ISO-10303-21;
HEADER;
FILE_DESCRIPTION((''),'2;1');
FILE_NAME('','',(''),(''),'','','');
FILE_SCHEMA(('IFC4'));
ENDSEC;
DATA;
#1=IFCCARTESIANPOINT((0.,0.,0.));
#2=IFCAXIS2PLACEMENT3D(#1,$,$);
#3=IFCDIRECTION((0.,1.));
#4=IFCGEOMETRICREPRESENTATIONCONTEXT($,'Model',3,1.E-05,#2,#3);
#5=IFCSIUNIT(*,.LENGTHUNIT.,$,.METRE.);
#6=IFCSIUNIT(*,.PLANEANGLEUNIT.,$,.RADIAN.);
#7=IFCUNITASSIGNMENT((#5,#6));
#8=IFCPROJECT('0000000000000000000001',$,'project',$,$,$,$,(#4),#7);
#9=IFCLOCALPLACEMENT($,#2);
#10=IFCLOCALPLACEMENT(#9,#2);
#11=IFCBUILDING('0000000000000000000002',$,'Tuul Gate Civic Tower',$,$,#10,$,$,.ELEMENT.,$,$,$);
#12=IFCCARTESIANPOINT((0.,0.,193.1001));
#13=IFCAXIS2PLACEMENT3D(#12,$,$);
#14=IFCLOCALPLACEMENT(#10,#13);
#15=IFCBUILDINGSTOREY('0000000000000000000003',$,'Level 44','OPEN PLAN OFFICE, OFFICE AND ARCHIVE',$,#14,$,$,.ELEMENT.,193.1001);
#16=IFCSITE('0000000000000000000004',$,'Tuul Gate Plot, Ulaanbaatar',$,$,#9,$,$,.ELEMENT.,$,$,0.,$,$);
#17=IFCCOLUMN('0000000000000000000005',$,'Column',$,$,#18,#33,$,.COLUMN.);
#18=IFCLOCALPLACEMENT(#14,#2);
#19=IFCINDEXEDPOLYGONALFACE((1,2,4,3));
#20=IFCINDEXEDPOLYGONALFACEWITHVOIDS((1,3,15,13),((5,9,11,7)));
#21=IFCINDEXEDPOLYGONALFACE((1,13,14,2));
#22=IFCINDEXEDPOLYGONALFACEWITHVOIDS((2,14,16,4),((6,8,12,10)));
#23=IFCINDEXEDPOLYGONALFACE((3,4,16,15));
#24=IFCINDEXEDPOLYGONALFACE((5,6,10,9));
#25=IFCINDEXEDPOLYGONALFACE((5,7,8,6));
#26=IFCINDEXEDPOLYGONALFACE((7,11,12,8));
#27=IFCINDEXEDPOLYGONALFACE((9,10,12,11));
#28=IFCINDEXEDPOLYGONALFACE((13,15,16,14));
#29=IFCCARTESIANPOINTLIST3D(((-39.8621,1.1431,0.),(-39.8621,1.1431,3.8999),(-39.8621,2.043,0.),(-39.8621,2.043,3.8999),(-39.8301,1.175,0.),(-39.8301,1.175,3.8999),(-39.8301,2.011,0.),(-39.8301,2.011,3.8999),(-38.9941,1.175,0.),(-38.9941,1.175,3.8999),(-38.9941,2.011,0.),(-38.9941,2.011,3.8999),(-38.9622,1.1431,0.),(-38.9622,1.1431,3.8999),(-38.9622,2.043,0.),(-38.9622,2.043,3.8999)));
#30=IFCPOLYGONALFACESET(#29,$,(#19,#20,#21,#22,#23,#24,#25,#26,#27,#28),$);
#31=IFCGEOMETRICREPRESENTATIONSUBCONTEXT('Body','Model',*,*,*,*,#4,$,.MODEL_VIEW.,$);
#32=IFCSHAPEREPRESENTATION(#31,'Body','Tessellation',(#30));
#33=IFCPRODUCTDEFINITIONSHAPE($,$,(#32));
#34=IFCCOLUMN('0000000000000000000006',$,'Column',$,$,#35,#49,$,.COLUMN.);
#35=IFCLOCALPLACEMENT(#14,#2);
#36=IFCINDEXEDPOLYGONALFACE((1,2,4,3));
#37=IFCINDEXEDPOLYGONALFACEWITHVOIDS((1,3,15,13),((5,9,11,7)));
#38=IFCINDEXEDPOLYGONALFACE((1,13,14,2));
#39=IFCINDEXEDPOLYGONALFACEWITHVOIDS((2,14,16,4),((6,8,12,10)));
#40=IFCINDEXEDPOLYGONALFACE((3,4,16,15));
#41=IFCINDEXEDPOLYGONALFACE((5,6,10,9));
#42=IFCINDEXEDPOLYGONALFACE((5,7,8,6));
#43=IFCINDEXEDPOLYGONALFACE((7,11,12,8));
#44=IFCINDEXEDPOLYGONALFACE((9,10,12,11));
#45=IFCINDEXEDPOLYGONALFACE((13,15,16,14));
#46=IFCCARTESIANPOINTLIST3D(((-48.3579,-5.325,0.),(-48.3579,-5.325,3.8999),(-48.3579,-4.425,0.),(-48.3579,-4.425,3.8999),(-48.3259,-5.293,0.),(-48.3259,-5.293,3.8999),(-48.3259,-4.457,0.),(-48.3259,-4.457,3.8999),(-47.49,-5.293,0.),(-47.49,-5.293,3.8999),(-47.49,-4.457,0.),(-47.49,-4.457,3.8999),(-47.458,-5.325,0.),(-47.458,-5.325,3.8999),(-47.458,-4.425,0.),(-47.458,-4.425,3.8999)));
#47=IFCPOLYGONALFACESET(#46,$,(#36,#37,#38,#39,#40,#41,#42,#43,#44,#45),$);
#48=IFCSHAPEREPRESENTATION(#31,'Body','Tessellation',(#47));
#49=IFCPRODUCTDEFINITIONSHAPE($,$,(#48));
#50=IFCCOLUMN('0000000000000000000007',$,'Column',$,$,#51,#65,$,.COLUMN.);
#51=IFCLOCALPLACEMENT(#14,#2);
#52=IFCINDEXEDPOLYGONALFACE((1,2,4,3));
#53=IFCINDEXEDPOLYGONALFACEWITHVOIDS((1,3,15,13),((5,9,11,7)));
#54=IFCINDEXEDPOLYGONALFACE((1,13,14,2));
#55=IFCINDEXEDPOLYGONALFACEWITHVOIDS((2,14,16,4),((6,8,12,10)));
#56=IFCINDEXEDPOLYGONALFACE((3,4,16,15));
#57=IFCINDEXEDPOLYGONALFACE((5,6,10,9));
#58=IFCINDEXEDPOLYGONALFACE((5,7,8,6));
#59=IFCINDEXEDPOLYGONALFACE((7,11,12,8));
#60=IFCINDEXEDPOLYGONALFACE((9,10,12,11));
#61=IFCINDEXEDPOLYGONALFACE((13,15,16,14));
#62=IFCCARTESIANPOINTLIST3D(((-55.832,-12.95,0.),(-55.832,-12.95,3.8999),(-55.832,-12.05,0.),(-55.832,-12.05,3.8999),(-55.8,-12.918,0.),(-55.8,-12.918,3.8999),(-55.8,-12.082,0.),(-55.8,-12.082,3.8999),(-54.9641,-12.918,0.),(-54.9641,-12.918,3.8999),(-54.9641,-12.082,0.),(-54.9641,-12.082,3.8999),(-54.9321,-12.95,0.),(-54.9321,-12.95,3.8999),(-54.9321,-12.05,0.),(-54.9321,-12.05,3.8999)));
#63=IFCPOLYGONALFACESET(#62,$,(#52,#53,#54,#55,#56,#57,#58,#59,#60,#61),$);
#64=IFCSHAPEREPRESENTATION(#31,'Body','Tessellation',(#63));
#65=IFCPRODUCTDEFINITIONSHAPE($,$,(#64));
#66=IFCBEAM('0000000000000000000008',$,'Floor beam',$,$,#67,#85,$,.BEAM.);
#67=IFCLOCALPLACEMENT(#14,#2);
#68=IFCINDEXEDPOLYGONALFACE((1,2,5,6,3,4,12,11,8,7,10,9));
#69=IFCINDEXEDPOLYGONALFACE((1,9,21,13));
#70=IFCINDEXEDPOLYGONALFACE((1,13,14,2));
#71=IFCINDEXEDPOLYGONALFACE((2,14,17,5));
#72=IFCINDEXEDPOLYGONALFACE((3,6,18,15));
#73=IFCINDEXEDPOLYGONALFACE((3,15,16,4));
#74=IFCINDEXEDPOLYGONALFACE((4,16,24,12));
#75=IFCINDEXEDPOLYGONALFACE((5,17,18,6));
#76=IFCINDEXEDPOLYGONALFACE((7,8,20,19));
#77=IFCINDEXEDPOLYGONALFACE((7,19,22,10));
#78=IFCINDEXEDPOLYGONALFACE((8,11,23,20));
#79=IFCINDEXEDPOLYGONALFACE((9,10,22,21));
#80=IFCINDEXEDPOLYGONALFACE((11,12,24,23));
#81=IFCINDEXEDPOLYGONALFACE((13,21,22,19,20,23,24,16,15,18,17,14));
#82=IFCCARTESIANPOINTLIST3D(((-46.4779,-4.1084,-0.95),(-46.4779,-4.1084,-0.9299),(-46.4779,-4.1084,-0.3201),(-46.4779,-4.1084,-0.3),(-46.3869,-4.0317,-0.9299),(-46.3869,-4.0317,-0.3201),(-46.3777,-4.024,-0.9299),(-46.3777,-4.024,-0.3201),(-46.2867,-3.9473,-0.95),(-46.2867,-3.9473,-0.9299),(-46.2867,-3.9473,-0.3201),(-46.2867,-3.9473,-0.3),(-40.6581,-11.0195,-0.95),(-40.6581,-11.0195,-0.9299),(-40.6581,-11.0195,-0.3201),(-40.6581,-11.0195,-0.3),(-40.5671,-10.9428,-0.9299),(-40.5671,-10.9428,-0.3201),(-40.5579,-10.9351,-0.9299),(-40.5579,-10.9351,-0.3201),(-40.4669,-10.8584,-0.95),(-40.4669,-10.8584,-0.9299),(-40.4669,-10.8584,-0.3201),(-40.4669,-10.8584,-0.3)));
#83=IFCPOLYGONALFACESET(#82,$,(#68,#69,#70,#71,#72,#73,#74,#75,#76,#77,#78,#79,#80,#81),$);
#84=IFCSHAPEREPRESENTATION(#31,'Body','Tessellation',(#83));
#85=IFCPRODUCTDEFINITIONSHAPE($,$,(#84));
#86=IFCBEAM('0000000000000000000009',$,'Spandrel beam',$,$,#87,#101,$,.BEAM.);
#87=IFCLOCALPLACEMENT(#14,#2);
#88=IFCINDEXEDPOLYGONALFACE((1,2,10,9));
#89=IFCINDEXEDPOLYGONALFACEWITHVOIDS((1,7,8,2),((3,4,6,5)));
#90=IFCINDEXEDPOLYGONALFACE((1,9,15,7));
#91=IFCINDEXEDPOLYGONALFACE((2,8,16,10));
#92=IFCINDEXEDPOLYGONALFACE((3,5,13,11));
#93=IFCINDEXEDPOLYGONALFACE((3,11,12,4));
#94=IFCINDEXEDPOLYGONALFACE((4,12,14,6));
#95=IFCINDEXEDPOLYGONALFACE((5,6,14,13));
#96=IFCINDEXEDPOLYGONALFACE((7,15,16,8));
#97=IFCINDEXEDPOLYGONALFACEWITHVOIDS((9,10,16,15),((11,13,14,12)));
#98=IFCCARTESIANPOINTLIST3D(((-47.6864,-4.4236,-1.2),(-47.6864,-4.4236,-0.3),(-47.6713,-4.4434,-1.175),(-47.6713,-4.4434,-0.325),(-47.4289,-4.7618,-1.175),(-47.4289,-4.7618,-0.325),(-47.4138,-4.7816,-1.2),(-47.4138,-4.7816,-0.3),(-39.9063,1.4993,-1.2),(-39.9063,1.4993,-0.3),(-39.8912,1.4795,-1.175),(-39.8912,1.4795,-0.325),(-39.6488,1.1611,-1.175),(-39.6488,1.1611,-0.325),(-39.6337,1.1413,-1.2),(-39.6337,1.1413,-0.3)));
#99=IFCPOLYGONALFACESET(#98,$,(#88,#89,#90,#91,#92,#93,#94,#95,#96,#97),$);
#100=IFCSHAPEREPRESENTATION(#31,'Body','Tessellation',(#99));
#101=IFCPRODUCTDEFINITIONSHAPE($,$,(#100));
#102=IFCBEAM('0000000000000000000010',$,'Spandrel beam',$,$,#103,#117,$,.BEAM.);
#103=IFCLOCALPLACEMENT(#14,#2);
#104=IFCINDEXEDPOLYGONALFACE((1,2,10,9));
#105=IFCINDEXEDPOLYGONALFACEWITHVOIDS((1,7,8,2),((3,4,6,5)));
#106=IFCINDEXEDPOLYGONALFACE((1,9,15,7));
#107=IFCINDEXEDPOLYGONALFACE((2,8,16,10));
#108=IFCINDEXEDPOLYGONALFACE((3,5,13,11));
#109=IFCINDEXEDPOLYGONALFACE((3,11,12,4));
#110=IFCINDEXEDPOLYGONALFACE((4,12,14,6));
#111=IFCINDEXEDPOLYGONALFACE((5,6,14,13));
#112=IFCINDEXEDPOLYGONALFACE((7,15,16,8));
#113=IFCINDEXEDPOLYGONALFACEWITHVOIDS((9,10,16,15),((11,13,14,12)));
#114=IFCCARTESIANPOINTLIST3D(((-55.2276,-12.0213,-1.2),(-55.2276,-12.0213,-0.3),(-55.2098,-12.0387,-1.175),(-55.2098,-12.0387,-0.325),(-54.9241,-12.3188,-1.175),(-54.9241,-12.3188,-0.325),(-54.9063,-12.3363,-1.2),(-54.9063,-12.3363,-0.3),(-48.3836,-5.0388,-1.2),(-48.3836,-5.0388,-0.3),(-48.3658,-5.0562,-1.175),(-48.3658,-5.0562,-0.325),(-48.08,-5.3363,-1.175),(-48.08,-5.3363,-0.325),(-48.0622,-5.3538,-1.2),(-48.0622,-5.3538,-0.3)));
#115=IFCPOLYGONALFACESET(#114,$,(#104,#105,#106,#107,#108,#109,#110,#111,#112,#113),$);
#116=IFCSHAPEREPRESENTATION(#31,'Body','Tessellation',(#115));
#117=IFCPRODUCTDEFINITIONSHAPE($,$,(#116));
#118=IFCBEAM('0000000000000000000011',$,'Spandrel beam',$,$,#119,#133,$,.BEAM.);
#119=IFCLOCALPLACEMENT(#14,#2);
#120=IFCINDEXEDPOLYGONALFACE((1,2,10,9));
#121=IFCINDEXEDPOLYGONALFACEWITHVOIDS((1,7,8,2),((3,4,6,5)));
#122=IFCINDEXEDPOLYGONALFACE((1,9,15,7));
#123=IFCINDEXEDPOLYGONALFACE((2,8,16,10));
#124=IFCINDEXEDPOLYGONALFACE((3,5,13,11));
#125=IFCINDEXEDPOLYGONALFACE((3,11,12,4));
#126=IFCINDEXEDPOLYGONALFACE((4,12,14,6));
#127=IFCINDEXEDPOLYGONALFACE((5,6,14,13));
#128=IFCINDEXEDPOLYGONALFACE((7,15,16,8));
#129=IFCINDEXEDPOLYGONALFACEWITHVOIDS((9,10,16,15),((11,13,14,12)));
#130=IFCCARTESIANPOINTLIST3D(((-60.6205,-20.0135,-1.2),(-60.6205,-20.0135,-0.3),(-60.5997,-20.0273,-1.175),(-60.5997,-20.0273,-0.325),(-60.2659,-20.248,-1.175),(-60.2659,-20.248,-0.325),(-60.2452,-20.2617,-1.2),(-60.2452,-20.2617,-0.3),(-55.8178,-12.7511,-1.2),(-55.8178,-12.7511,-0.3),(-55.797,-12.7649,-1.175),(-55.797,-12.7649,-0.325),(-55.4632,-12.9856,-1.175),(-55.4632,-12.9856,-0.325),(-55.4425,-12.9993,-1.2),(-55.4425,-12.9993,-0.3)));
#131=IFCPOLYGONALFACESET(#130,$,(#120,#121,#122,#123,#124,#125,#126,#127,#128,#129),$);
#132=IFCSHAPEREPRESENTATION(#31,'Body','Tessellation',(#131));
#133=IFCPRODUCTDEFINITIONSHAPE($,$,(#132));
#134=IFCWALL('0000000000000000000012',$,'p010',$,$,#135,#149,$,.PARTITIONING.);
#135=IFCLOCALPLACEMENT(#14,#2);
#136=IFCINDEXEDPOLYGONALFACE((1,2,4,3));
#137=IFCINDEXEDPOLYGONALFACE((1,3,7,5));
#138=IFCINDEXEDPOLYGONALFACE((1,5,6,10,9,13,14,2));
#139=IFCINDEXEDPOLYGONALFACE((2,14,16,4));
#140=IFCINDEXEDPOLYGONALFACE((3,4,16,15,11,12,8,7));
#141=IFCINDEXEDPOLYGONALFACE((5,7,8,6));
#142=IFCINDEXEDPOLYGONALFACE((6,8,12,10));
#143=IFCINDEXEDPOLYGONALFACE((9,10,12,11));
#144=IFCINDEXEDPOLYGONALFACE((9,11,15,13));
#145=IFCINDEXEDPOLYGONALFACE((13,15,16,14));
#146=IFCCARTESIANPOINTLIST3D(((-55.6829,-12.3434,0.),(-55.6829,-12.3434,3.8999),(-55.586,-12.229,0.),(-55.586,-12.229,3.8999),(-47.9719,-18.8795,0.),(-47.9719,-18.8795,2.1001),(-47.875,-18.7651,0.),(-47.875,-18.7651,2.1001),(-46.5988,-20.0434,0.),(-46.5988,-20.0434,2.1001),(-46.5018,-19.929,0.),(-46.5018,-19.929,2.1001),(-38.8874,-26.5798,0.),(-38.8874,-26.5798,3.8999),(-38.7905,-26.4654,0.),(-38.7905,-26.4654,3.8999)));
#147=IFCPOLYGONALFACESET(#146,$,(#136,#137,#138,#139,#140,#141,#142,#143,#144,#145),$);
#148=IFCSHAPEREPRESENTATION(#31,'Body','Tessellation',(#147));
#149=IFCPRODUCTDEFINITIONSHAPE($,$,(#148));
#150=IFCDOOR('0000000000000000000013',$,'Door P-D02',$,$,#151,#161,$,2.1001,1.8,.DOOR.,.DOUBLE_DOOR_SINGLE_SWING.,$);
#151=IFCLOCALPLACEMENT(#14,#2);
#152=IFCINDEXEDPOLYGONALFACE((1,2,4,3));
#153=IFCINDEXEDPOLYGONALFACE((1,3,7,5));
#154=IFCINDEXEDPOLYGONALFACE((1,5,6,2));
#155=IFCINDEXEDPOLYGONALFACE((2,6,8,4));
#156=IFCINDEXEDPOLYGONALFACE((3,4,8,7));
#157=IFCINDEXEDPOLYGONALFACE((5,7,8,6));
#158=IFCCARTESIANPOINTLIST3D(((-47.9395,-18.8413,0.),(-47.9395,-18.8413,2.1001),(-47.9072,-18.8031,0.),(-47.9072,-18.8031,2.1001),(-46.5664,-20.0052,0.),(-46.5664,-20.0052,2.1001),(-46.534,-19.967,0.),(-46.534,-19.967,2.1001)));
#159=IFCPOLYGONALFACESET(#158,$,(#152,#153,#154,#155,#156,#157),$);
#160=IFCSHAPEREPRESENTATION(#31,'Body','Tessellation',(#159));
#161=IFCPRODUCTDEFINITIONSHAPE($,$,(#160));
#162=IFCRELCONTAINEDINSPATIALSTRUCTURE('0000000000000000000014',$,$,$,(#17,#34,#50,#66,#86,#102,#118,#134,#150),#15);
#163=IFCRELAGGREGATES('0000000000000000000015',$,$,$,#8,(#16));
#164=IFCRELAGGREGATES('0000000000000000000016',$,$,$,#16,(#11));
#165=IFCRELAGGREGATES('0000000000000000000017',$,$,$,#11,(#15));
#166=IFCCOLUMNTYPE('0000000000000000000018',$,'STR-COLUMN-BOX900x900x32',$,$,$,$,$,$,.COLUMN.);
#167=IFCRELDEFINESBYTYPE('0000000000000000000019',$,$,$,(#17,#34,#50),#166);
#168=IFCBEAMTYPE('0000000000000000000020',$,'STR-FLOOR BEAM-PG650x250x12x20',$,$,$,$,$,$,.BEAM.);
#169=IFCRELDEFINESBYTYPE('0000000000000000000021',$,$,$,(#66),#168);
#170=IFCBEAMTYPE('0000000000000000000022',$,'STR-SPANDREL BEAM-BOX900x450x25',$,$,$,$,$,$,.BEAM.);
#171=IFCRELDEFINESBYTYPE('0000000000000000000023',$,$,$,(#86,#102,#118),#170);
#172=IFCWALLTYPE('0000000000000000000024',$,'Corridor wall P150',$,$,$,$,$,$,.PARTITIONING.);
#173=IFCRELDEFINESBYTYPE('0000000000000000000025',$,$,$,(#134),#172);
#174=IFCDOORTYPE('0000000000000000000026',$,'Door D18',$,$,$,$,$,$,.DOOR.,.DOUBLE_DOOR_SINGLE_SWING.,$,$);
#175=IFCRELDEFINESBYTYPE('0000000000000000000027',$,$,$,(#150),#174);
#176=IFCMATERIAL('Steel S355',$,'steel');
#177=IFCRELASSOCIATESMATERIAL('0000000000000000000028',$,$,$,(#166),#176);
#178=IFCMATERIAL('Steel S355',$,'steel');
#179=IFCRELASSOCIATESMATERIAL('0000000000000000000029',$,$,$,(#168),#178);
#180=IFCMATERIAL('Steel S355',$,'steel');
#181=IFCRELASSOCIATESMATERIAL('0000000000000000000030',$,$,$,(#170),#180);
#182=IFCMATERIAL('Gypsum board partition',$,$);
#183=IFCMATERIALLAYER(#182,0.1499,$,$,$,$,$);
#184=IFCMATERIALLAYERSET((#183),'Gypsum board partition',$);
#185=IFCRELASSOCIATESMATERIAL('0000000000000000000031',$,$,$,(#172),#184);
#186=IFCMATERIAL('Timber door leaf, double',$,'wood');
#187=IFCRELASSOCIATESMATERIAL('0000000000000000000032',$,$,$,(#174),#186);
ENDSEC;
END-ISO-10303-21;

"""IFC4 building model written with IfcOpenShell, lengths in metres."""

from ifc_helpers import new_model, si_unit, direction, frame, frame_2d, origin, origin_2d, place, context, subcontext, project, spatial, rectangle, hollow_rectangle, i_section, extrude, material, layer, layer_set, material_profile, profile_set, type_object, element, fill, save


model = new_model("IFC4")

# Units and contexts
model_context = context("Model", 3, precision=1e-05, world=origin(), true_north=direction((0.0, 1.0)))
body_context = subcontext(model_context, "Body", "Model", "MODEL_VIEW")
ifc_project = project(units=[si_unit("LENGTHUNIT", "METRE"), si_unit("PLANEANGLEUNIT", "RADIAN")], contexts=[model_context])

# Site, building, storey
site_placement = place(None, origin())
site = spatial("IfcSite", under=ifc_project, at=site_placement, Name="Tuul Gate Plot, Ulaanbaatar", CompositionType="ELEMENT", RefElevation=0.0)
building_placement = place(site_placement, origin())
building = spatial("IfcBuilding", under=site, at=building_placement, Name="Tuul Gate Civic Tower", CompositionType="ELEMENT")
storey_placement = place(building_placement, frame((0.0, 0.0, 193.1001)))
storey = spatial("IfcBuildingStorey", under=building, at=storey_placement, Name="Level 44", Description="OPEN PLAN OFFICE, OFFICE AND ARCHIVE", CompositionType="ELEMENT", Elevation=193.1001)

# Columns
ifc_material_1 = material(Name="Steel S355", Category="steel")
ifc_material_profile_1 = material_profile(ifc_material_1, hollow_rectangle(XDim=0.8999, YDim=0.8999, WallThickness=0.032, at=origin_2d()), Name="BOX900x900x32")
ifc_profile_set_1 = profile_set([ifc_material_profile_1], Name="Steel S355")
column_type = type_object("IfcColumnType", Name="STR-COLUMN-BOX900x900x32", PredefinedType="COLUMN", material=ifc_profile_set_1)
for number, where, z_axis, x_axis, name in (
    (1, (-39.4121, 1.593, 0.0), (0.0, 0.0, 1.0), (1.0, 0.0, 0.0), "Column"),
    (2, (-47.908, -4.875, 0.0), (0.0, 0.0, 1.0), (1.0, 0.0, 0.0), "Column"),
    (3, (-55.3821, -12.5, 0.0), (0.0, 0.0, 1.0), (1.0, 0.0, 0.0), "Column"),
):
    element("IfcColumn", number, at=place(storey_placement, frame(where, z_axis=z_axis, x_axis=x_axis)), inside=storey, type_object=column_type, Name=name, PredefinedType="COLUMN", context=body_context, shape_type="SweptSolid", body=[
        extrude(hollow_rectangle(XDim=0.8999, YDim=0.8999, WallThickness=0.032, at=origin_2d()), origin(), (0.0, 0.0, 1.0), 3.8999),
    ])

# Beams
ifc_material_2 = material(Name="Steel S355", Category="steel")
ifc_material_profile_2 = material_profile(ifc_material_2, i_section(OverallWidth=0.25, OverallDepth=0.6499, WebThickness=0.012, FlangeThickness=0.02, at=origin_2d()), Name="PG650x250x12x20")
ifc_profile_set_2 = profile_set([ifc_material_profile_2], Name="Steel S355")
beam_type_1 = type_object("IfcBeamType", Name="STR-FLOOR BEAM-PG650x250x12x20", PredefinedType="BEAM", material=ifc_profile_set_2)
beam_1_placement = place(storey_placement, frame((-40.5625, -10.939, -0.625), z_axis=(-0.644131, 0.764915, 0.0), x_axis=(-0.764915, -0.644131, 0.0)))
element("IfcBeam", 4, at=beam_1_placement, inside=storey, type_object=beam_type_1, Name="Floor beam", PredefinedType="BEAM", context=body_context, shape_type="SweptSolid", body=[
    extrude(i_section(OverallWidth=0.25, OverallDepth=0.6499, WebThickness=0.012, FlangeThickness=0.02, at=origin_2d()), origin(), (0.0, 0.0, 1.0), 9.0352),
])
ifc_material_3 = material(Name="Steel S355", Category="steel")
ifc_material_profile_3 = material_profile(ifc_material_3, hollow_rectangle(XDim=0.45, YDim=0.8999, WallThickness=0.0249, at=origin_2d()), Name="BOX900x450x25")
ifc_profile_set_3 = profile_set([ifc_material_profile_3], Name="Steel S355")
beam_type_2 = type_object("IfcBeamType", Name="STR-SPANDREL BEAM-BOX900x450x25", PredefinedType="BEAM", material=ifc_profile_set_3)
beam_2_placement = place(storey_placement, frame((-39.77, 1.3203, -0.75), z_axis=(-0.795668, -0.605733, 0.0), x_axis=(0.605733, -0.795668, 0.0)))
element("IfcBeam", 5, at=beam_2_placement, inside=storey, type_object=beam_type_2, Name="Spandrel beam", PredefinedType="BEAM", context=body_context, shape_type="SweptSolid", body=[
    extrude(hollow_rectangle(XDim=0.45, YDim=0.8999, WallThickness=0.0249, at=origin_2d()), origin(), (0.0, 0.0, 1.0), 9.7781),
])
beam_3_placement = place(storey_placement, frame((-48.2229, -5.1963, -0.75), z_axis=(-0.699992, -0.71415, 0.0), x_axis=(0.71415, -0.699992, 0.0)))
element("IfcBeam", 6, at=beam_3_placement, inside=storey, type_object=beam_type_2, Name="Spandrel beam", PredefinedType="BEAM", context=body_context, shape_type="SweptSolid", body=[
    extrude(hollow_rectangle(XDim=0.45, YDim=0.8999, WallThickness=0.0249, at=origin_2d()), origin(), (0.0, 0.0, 1.0), 9.7773),
])
beam_4_placement = place(storey_placement, frame((-55.6301, -12.8752, -0.75), z_axis=(-0.551603, -0.834107, 0.0), x_axis=(0.834107, -0.551603, 0.0)))
element("IfcBeam", 7, at=beam_4_placement, inside=storey, type_object=beam_type_2, Name="Spandrel beam", PredefinedType="BEAM", context=body_context, shape_type="SweptSolid", body=[
    extrude(hollow_rectangle(XDim=0.45, YDim=0.8999, WallThickness=0.0249, at=origin_2d()), origin(), (0.0, 0.0, 1.0), 8.7068),
])

# Wall, opening, door
ifc_material_4 = material(Name="Gypsum board partition")
ifc_layer_1 = layer(ifc_material_4, 0.1499)
ifc_layer_set_1 = layer_set([ifc_layer_1], Name="Gypsum board partition")
wall_type_1 = type_object("IfcWallType", Name="Corridor wall P150", PredefinedType="PARTITIONING", material=ifc_layer_set_1)
wall_1_placement = place(storey_placement, frame((-55.6345, -12.2861, 0.0), z_axis=(0.0, 0.0, 1.0), x_axis=(0.76283, -0.646599, 0.0)))
wall_1 = element("IfcWall", 8, at=wall_1_placement, inside=storey, type_object=wall_type_1, Name="p010", PredefinedType="PARTITIONING", context=body_context, shape_type="SweptSolid", body=[
    extrude(rectangle(XDim=22.0173, YDim=0.1499, at=frame_2d((11.0088, 0.0))), origin(), (0.0, 0.0, 1.0), 3.8999),
])
opening_1_placement = place(wall_1_placement, frame((10.1086, 0.0, 0.0)))
opening_1 = element("IfcOpeningElement", 9, at=opening_1_placement, cuts=wall_1, PredefinedType="OPENING", context=body_context, shape_type="SweptSolid", body=[
    extrude(rectangle(XDim=1.8, YDim=2.1001, at=frame_2d((0.8999, 1.05))), frame((0.0, 0.085, 0.0), z_axis=(0.0, -1.0, 0.0), x_axis=(1.0, 0.0, 0.0)), (0.0, 0.0, 1.0), 0.1699),
])
ifc_material_5 = material(Name="Timber door leaf, double", Category="wood")
door_type_1 = type_object("IfcDoorType", Name="Door D18", OperationType="DOUBLE_DOOR_SINGLE_SWING", PredefinedType="DOOR", material=ifc_material_5)
door_1_placement = place(opening_1_placement, frame((1.8, 0.0, 0.0), z_axis=(0.0, 0.0, 1.0), x_axis=(-1.0, 0.0, 0.0)))
door_1 = element("IfcDoor", 10, at=door_1_placement, inside=storey, type_object=door_type_1, Name="Door P-D02", OperationType="DOUBLE_DOOR_SINGLE_SWING", OverallHeight=2.1001, OverallWidth=1.8, PredefinedType="DOOR", context=body_context, shape_type="SweptSolid", body=[
    extrude(rectangle(XDim=1.8, YDim=2.1001, at=frame_2d((0.9001, 1.05))), frame((0.0, 0.0249, 0.0), z_axis=(0.0, -1.0, 0.0), x_axis=(1.0, 0.0, 0.0)), (0.0, 0.0, 1.0), 0.05),
])
fill(opening_1, door_1)

save(model, "model.ifc")
